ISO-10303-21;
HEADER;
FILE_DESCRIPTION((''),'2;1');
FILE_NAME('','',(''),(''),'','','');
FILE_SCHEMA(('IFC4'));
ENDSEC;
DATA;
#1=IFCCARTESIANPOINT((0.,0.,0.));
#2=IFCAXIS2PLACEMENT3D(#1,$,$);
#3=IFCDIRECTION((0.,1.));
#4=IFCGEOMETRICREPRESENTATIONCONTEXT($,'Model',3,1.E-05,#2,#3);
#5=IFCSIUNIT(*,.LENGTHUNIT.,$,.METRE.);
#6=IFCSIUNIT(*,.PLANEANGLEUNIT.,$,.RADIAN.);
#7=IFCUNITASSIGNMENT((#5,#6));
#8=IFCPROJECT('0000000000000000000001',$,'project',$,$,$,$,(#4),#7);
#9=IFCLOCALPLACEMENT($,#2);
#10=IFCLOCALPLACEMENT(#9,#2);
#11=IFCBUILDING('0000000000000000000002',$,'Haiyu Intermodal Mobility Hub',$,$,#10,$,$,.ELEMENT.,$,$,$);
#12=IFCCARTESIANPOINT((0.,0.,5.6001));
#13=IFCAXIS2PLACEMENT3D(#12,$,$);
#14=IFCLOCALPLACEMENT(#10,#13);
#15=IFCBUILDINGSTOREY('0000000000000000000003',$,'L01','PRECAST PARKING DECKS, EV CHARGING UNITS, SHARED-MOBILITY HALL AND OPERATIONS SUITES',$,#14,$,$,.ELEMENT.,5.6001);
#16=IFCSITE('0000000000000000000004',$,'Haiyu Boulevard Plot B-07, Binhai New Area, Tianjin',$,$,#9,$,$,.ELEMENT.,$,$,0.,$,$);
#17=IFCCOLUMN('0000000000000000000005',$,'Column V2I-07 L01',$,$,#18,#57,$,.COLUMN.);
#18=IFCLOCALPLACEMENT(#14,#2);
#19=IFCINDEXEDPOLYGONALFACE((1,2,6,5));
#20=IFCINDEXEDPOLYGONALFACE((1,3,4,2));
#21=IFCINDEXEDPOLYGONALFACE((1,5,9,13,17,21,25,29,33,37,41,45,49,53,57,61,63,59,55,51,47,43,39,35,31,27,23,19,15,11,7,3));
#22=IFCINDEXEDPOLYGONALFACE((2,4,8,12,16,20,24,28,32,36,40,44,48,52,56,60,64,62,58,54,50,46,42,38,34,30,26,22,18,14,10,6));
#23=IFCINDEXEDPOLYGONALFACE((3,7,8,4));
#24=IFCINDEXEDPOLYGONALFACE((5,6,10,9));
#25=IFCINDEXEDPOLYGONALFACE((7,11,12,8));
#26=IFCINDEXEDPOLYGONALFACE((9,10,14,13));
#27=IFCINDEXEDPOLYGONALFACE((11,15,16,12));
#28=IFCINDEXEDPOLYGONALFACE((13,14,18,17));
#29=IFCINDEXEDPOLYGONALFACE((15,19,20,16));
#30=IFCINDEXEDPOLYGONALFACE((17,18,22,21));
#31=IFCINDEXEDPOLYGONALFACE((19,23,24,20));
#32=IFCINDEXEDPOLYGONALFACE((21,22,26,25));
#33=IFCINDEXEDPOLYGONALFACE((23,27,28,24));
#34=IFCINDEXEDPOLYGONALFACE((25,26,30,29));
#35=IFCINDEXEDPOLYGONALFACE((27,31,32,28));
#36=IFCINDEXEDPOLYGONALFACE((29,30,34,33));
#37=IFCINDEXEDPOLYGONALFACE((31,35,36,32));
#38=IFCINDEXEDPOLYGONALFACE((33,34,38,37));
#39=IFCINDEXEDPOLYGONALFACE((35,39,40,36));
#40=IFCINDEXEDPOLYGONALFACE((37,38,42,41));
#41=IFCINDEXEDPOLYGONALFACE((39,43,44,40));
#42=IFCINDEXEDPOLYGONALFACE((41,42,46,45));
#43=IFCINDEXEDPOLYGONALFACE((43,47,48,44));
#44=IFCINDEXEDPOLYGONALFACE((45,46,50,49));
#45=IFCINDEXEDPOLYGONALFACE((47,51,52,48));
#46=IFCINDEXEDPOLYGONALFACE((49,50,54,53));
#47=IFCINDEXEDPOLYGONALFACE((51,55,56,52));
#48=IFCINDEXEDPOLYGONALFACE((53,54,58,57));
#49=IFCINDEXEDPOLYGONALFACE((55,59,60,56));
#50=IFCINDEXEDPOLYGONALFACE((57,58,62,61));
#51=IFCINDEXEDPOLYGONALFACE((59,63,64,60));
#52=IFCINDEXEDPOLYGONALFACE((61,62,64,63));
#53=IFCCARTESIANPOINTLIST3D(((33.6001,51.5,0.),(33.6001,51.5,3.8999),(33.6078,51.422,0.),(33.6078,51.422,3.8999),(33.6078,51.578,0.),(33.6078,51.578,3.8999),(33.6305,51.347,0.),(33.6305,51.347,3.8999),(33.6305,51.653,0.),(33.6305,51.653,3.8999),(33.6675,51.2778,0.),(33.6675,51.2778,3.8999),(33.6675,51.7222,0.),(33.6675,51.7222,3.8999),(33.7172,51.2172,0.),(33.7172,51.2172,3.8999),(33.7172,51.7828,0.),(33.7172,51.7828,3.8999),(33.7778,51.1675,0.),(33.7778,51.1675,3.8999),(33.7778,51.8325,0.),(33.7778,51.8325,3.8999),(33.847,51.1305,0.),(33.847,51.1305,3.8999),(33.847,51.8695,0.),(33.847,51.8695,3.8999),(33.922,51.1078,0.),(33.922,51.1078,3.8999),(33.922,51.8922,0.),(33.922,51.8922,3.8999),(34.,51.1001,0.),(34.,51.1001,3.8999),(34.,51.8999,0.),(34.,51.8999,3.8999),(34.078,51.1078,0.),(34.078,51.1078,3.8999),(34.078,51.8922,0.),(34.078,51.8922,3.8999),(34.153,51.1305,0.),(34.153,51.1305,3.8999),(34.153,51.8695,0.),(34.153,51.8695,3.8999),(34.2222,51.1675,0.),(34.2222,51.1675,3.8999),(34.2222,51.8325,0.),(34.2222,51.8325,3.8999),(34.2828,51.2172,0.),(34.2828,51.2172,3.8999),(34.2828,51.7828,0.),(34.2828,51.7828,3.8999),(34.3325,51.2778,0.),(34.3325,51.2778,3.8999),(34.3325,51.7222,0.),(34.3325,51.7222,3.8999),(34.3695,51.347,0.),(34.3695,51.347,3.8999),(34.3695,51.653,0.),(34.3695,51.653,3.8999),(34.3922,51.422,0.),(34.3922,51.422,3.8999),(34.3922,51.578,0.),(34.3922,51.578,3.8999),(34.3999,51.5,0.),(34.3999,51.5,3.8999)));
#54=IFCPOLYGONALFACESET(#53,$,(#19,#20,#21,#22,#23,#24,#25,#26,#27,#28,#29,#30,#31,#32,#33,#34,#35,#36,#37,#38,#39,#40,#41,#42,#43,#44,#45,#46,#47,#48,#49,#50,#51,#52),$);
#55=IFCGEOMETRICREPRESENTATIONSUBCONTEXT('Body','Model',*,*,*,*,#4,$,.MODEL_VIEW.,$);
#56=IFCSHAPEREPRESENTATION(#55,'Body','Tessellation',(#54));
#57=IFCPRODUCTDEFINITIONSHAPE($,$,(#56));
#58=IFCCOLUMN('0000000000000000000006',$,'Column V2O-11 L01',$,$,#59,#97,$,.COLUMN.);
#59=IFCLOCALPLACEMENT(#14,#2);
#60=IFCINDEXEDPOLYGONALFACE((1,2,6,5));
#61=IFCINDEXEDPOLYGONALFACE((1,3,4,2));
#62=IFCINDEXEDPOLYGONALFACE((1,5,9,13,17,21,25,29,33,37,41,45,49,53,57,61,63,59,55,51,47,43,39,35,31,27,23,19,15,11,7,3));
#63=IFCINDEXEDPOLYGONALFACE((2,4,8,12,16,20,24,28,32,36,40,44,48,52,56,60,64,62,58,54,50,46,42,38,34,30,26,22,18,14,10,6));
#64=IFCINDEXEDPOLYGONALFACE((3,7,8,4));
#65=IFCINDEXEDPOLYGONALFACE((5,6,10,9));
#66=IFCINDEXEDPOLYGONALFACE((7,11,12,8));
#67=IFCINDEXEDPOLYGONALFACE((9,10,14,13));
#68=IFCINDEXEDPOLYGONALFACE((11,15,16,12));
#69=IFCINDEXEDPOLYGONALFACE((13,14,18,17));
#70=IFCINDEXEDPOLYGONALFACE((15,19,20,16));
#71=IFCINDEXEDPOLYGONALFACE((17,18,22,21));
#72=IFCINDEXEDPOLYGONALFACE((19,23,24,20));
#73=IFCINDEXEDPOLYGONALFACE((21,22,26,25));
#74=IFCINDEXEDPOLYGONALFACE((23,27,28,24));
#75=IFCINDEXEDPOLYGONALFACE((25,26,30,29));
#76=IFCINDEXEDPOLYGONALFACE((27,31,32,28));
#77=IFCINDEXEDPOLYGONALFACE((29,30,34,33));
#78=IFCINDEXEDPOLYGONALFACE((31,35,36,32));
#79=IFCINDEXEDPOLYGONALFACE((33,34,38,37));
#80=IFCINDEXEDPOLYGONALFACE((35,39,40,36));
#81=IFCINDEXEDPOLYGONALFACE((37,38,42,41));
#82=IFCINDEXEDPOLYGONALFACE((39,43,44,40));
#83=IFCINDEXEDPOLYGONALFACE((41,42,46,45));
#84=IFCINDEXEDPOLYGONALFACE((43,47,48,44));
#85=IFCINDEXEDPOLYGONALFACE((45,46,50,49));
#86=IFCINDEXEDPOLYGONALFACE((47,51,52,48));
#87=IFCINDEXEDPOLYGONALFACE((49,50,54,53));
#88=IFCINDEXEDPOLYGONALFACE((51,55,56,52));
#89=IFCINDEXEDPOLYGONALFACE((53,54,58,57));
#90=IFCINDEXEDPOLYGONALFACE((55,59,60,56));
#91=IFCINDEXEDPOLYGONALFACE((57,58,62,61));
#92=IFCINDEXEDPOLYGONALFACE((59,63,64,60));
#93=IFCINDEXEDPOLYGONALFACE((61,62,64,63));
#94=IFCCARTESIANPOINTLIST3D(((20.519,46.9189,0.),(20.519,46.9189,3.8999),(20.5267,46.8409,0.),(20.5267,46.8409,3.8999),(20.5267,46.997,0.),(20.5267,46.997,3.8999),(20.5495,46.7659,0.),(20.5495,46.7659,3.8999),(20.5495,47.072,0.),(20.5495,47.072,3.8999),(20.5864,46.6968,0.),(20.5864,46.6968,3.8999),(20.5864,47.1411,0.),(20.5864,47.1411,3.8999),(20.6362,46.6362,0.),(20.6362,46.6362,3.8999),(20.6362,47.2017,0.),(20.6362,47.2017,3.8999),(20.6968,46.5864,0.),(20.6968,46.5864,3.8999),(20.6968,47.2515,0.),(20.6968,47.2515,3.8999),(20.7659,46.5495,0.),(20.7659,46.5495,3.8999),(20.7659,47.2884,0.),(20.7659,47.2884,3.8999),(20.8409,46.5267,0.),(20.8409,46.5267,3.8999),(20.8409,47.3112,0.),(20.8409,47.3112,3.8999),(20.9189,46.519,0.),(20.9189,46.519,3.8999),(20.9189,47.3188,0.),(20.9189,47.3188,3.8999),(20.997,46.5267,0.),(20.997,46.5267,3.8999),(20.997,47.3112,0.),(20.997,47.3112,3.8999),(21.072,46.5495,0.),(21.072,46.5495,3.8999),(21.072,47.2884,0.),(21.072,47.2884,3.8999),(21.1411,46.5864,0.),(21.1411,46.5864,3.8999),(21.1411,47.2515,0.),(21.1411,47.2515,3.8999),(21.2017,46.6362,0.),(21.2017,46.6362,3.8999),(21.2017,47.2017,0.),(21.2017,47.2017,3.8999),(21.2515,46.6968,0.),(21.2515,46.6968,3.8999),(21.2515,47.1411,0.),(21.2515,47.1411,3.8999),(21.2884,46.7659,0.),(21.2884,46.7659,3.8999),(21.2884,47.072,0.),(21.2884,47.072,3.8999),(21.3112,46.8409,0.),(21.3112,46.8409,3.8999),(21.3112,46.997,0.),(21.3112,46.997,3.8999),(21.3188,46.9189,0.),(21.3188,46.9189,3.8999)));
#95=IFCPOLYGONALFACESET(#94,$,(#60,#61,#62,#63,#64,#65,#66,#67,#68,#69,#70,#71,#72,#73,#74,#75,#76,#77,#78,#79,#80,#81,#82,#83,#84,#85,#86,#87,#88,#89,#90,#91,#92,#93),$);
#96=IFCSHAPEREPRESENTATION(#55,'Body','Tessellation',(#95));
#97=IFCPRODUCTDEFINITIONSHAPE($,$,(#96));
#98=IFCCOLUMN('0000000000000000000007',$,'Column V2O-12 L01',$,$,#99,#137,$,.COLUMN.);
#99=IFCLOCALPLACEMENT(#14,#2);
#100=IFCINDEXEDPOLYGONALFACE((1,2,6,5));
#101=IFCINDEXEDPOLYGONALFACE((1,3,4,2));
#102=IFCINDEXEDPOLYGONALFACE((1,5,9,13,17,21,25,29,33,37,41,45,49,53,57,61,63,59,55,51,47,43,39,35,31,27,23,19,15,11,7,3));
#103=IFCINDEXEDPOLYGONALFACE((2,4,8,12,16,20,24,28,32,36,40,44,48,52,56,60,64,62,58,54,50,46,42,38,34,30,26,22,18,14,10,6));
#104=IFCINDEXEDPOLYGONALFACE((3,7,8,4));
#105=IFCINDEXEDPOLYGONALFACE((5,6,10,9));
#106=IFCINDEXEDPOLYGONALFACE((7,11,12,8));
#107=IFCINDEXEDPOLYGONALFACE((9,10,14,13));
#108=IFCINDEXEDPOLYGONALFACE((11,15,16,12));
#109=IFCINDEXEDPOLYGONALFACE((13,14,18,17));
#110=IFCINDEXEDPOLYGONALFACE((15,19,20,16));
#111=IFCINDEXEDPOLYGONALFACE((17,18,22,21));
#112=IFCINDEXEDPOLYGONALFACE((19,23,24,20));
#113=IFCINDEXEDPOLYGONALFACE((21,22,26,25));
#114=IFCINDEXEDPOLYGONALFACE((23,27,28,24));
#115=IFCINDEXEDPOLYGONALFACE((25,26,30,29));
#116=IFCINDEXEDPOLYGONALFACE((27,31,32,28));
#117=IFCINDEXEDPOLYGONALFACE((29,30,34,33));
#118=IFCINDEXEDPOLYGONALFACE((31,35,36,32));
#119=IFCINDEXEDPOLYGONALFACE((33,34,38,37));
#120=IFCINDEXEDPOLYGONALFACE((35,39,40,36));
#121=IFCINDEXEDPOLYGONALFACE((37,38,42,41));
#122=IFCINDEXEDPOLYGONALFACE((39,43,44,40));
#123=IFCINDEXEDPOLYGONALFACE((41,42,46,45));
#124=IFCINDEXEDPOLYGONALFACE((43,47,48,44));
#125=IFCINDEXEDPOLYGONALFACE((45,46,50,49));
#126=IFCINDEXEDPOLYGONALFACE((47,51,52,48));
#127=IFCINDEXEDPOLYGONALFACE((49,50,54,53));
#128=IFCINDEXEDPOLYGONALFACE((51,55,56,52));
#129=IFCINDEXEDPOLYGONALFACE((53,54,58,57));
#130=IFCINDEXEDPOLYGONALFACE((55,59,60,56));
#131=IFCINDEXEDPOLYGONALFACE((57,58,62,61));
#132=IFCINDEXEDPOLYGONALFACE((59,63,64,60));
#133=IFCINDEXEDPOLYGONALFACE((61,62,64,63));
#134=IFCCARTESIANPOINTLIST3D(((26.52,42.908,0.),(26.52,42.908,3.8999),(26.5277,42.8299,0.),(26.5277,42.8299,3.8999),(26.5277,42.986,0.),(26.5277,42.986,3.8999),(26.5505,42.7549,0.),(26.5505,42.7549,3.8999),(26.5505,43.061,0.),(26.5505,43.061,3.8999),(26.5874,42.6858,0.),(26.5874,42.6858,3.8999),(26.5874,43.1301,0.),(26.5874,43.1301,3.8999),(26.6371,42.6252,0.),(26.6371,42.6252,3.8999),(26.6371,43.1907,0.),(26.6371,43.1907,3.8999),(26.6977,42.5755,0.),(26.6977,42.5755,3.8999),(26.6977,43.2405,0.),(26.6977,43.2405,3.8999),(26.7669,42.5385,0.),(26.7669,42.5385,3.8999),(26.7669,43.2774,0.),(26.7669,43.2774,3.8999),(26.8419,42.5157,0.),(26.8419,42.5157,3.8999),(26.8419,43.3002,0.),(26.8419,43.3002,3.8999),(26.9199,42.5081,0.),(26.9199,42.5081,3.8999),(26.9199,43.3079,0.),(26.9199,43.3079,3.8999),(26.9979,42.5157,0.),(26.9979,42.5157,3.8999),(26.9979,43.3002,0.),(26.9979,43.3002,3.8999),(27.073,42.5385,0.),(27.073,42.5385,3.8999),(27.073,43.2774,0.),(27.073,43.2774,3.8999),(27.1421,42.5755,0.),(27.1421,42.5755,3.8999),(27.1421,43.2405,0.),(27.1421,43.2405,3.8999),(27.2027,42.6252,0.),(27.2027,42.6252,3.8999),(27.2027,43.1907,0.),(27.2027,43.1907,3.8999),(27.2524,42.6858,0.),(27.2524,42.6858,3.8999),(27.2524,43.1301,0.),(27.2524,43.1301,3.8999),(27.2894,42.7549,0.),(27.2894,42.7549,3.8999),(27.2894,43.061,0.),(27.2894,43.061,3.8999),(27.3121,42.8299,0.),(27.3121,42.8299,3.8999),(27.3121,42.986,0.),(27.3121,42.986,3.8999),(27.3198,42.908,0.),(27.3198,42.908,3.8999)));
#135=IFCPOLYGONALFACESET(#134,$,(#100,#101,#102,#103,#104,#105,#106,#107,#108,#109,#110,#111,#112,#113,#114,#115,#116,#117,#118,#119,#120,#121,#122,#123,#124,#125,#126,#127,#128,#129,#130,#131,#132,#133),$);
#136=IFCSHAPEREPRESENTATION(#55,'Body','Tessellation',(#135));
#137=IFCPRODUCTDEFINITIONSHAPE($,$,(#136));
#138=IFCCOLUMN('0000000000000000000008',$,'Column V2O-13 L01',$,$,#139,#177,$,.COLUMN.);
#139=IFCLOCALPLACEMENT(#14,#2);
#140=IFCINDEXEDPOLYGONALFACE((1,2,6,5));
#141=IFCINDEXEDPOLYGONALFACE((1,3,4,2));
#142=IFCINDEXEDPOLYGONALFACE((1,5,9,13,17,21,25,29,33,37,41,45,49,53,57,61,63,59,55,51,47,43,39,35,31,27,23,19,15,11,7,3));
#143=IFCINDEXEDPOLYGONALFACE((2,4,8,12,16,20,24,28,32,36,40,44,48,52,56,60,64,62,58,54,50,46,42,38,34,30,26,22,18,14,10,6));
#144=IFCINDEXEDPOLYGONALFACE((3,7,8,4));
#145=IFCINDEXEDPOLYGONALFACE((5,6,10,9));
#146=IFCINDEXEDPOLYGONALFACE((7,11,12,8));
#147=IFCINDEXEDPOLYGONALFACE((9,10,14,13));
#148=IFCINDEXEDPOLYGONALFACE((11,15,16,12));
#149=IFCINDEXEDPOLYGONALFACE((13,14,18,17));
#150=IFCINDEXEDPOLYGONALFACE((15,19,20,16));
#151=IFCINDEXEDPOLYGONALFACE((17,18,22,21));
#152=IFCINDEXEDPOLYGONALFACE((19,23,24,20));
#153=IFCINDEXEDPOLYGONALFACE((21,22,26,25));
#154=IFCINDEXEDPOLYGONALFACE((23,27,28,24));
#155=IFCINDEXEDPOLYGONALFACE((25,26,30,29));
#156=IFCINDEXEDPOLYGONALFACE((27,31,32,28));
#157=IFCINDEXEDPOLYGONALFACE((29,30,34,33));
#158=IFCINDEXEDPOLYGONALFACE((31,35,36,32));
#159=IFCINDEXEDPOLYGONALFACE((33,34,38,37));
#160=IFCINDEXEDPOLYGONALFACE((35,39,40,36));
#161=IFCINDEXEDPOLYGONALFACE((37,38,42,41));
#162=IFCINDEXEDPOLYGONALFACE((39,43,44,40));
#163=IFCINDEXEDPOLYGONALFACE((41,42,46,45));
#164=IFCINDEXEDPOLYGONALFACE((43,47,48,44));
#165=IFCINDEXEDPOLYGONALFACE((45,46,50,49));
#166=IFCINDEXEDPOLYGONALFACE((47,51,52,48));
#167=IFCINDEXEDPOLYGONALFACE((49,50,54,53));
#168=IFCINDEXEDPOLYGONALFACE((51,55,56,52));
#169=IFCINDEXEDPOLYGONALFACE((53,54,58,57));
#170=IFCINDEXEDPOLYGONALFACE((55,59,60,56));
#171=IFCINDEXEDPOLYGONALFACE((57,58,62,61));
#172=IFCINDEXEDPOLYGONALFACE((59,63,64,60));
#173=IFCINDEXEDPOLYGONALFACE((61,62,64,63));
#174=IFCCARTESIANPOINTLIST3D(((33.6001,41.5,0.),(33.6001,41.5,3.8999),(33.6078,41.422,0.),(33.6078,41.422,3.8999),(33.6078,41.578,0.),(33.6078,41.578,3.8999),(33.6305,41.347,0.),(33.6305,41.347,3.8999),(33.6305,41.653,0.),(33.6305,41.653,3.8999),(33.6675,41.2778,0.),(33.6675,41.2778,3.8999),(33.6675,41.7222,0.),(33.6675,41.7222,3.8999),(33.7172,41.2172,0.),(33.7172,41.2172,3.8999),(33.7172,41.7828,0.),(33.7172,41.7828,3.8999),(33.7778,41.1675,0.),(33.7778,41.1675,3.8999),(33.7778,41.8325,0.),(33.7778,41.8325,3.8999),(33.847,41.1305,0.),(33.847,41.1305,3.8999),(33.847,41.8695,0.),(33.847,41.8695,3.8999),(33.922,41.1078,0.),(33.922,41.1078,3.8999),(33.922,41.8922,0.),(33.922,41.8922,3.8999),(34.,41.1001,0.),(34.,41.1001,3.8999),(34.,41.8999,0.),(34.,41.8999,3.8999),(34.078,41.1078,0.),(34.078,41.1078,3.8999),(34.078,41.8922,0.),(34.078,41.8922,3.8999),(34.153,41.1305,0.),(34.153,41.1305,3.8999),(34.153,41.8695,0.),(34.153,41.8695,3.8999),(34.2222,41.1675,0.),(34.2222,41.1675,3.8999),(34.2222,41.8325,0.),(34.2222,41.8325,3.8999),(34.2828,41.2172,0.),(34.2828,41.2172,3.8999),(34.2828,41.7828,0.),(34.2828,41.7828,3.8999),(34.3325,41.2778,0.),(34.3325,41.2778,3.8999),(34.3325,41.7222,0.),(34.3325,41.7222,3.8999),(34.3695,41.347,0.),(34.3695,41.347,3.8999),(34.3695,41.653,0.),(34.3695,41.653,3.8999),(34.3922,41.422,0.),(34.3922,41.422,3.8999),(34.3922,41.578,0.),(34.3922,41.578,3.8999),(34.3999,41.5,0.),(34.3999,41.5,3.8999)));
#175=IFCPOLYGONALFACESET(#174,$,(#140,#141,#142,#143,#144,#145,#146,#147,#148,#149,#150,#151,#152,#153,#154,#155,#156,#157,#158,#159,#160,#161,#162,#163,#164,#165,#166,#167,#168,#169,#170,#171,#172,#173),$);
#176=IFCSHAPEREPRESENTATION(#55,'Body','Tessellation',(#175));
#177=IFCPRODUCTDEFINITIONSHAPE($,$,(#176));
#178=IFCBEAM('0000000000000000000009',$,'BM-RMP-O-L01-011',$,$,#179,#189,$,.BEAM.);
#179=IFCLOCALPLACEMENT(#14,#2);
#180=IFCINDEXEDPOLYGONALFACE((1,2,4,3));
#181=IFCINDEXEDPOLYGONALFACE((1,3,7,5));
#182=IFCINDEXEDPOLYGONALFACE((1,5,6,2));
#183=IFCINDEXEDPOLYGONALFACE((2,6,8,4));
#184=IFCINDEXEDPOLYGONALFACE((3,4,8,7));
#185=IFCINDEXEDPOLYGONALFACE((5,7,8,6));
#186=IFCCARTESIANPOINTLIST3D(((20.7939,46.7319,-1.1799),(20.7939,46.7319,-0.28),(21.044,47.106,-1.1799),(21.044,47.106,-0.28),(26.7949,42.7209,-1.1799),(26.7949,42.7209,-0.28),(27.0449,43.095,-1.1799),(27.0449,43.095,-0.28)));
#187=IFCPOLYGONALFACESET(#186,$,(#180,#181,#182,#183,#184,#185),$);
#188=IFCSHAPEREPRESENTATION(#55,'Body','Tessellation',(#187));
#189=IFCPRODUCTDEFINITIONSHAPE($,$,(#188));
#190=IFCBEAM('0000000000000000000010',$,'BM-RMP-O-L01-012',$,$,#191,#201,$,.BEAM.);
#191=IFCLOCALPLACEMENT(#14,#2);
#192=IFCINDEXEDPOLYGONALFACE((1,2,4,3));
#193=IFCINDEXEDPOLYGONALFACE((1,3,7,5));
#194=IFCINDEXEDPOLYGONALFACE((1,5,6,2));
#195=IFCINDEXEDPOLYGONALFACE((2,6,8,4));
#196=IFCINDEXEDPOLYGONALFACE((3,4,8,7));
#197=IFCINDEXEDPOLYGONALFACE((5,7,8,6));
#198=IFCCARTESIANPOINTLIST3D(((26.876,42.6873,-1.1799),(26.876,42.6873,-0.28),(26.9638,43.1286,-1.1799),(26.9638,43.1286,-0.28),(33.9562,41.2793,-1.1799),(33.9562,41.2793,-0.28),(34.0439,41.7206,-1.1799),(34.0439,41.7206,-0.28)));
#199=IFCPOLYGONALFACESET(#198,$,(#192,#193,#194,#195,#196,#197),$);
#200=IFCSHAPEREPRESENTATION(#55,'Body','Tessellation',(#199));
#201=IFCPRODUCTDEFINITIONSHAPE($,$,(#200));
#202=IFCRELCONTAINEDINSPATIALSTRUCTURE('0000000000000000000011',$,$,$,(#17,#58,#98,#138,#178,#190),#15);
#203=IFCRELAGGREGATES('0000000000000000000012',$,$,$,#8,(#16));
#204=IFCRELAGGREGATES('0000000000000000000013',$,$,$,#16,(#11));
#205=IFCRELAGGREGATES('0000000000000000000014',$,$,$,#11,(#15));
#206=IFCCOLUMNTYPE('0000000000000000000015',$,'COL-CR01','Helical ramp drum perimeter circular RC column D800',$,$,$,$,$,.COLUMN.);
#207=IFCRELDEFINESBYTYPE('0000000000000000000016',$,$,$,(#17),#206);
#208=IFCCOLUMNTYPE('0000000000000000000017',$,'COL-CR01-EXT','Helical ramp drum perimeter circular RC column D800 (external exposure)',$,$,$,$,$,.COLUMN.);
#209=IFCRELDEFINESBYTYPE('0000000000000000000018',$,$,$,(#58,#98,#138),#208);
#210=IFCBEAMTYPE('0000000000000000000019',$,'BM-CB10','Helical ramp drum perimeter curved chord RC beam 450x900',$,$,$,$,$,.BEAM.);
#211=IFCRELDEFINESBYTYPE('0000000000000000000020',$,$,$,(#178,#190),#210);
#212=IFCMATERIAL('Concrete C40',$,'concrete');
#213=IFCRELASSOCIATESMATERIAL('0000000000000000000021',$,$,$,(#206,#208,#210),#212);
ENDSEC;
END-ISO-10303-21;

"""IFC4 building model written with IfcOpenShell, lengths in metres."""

from ifc_helpers import new_model, si_unit, direction, frame, origin, origin_2d, place, context, subcontext, project, spatial, rectangle, circle, extrude, material, material_profile, profile_set, type_object, element, save


model = new_model("IFC4")

# Units and contexts
model_context = context("Model", 3, precision=1e-05, world=origin(), true_north=direction((0.0, 1.0)))
body_context = subcontext(model_context, "Body", "Model", "MODEL_VIEW")
ifc_project = project(units=[si_unit("LENGTHUNIT", "METRE"), si_unit("PLANEANGLEUNIT", "RADIAN")], contexts=[model_context])

# Site, building, storey
site_placement = place(None, origin())
site = spatial("IfcSite", under=ifc_project, at=site_placement, Name="Haiyu Boulevard Plot B-07, Binhai New Area, Tianjin", CompositionType="ELEMENT", RefElevation=0.0)
building_placement = place(site_placement, origin())
building = spatial("IfcBuilding", under=site, at=building_placement, Name="Haiyu Intermodal Mobility Hub", CompositionType="ELEMENT")
storey_placement = place(building_placement, frame((0.0, 0.0, 5.6001)))
storey = spatial("IfcBuildingStorey", under=building, at=storey_placement, Name="L01", Description="PRECAST PARKING DECKS, EV CHARGING UNITS, SHARED-MOBILITY HALL AND OPERATIONS SUITES", CompositionType="ELEMENT", Elevation=5.6001)

# Columns
ifc_material_1 = material(Name="Concrete C40", Category="concrete")
ifc_material_profile_1 = material_profile(ifc_material_1, circle(Radius=0.3999, at=origin_2d()), Name="RCCOL-D800")
ifc_profile_set_1 = profile_set([ifc_material_profile_1], Name="Concrete C40")
column_type_1 = type_object("IfcColumnType", Name="COL-CR01", Description="Helical ramp drum perimeter circular RC column D800", PredefinedType="COLUMN", material=ifc_profile_set_1)
column_placement = place(storey_placement, frame((34.0, 51.5, 0.0), z_axis=(0.0, 0.0, 1.0), x_axis=(1.0, 0.0, 0.0)))
element("IfcColumn", 1, at=column_placement, inside=storey, type_object=column_type_1, Name="Column V2I-07 L01", PredefinedType="COLUMN", context=body_context, shape_type="SweptSolid", body=[
    extrude(circle(Radius=0.3999, at=origin_2d()), origin(), (0.0, 0.0, 1.0), 3.8999),
])
ifc_material_profile_2 = material_profile(ifc_material_1, circle(Radius=0.3999, at=origin_2d()), Name="RCCOL-D800")
ifc_profile_set_2 = profile_set([ifc_material_profile_2], Name="Concrete C40")
column_type_2 = type_object("IfcColumnType", Name="COL-CR01-EXT", Description="Helical ramp drum perimeter circular RC column D800 (external exposure)", PredefinedType="COLUMN", material=ifc_profile_set_2)
for number, where, z_axis, x_axis, name in (
    (2, (20.9189, 46.9189, 0.0), (0.0, 0.0, 1.0), (1.0, 0.0, 0.0), "Column V2O-11 L01"),
    (3, (26.9199, 42.908, 0.0), (0.0, 0.0, 1.0), (1.0, 0.0, 0.0), "Column V2O-12 L01"),
    (4, (34.0, 41.5, 0.0), (0.0, 0.0, 1.0), (1.0, 0.0, 0.0), "Column V2O-13 L01"),
):
    element("IfcColumn", number, at=place(storey_placement, frame(where, z_axis=z_axis, x_axis=x_axis)), inside=storey, type_object=column_type_2, Name=name, PredefinedType="COLUMN", context=body_context, shape_type="SweptSolid", body=[
        extrude(circle(Radius=0.3999, at=origin_2d()), origin(), (0.0, 0.0, 1.0), 3.8999),
    ])

# Beams
ifc_material_profile_3 = material_profile(ifc_material_1, rectangle(XDim=0.45, YDim=0.8999, at=origin_2d()), Name="RCB450x900")
ifc_profile_set_3 = profile_set([ifc_material_profile_3], Name="Concrete C40")
beam_type_1 = type_object("IfcBeamType", Name="BM-CB10", Description="Helical ramp drum perimeter curved chord RC beam 450x900", PredefinedType="BEAM", material=ifc_profile_set_3)
beam_1_placement = place(storey_placement, frame((20.9189, 46.9189, -0.73), z_axis=(0.831389, -0.555691, 0.0), x_axis=(0.555691, 0.831389, 0.0)))
element("IfcBeam", 5, at=beam_1_placement, inside=storey, type_object=beam_type_1, Name="BM-RMP-O-L01-011", PredefinedType="BEAM", context=body_context, shape_type="SweptSolid", body=[
    extrude(rectangle(XDim=0.45, YDim=0.8999, at=origin_2d()), origin(), (0.0, 0.0, 1.0), 7.218),
])
for number, where, z_axis, x_axis, name in (
    (6, (26.9199, 42.908, -0.73), (0.980795, -0.195043, 0.0), (0.195043, 0.980795, 0.0), "BM-RMP-O-L01-012"),
):
    element("IfcBeam", number, at=place(storey_placement, frame(where, z_axis=z_axis, x_axis=x_axis)), inside=storey, type_object=beam_type_1, Name=name, PredefinedType="BEAM", context=body_context, shape_type="SweptSolid", body=[
        extrude(rectangle(XDim=0.45, YDim=0.8999, at=origin_2d()), origin(), (0.0, 0.0, 1.0), 7.2188),
    ])

save(model, "model.ifc")
